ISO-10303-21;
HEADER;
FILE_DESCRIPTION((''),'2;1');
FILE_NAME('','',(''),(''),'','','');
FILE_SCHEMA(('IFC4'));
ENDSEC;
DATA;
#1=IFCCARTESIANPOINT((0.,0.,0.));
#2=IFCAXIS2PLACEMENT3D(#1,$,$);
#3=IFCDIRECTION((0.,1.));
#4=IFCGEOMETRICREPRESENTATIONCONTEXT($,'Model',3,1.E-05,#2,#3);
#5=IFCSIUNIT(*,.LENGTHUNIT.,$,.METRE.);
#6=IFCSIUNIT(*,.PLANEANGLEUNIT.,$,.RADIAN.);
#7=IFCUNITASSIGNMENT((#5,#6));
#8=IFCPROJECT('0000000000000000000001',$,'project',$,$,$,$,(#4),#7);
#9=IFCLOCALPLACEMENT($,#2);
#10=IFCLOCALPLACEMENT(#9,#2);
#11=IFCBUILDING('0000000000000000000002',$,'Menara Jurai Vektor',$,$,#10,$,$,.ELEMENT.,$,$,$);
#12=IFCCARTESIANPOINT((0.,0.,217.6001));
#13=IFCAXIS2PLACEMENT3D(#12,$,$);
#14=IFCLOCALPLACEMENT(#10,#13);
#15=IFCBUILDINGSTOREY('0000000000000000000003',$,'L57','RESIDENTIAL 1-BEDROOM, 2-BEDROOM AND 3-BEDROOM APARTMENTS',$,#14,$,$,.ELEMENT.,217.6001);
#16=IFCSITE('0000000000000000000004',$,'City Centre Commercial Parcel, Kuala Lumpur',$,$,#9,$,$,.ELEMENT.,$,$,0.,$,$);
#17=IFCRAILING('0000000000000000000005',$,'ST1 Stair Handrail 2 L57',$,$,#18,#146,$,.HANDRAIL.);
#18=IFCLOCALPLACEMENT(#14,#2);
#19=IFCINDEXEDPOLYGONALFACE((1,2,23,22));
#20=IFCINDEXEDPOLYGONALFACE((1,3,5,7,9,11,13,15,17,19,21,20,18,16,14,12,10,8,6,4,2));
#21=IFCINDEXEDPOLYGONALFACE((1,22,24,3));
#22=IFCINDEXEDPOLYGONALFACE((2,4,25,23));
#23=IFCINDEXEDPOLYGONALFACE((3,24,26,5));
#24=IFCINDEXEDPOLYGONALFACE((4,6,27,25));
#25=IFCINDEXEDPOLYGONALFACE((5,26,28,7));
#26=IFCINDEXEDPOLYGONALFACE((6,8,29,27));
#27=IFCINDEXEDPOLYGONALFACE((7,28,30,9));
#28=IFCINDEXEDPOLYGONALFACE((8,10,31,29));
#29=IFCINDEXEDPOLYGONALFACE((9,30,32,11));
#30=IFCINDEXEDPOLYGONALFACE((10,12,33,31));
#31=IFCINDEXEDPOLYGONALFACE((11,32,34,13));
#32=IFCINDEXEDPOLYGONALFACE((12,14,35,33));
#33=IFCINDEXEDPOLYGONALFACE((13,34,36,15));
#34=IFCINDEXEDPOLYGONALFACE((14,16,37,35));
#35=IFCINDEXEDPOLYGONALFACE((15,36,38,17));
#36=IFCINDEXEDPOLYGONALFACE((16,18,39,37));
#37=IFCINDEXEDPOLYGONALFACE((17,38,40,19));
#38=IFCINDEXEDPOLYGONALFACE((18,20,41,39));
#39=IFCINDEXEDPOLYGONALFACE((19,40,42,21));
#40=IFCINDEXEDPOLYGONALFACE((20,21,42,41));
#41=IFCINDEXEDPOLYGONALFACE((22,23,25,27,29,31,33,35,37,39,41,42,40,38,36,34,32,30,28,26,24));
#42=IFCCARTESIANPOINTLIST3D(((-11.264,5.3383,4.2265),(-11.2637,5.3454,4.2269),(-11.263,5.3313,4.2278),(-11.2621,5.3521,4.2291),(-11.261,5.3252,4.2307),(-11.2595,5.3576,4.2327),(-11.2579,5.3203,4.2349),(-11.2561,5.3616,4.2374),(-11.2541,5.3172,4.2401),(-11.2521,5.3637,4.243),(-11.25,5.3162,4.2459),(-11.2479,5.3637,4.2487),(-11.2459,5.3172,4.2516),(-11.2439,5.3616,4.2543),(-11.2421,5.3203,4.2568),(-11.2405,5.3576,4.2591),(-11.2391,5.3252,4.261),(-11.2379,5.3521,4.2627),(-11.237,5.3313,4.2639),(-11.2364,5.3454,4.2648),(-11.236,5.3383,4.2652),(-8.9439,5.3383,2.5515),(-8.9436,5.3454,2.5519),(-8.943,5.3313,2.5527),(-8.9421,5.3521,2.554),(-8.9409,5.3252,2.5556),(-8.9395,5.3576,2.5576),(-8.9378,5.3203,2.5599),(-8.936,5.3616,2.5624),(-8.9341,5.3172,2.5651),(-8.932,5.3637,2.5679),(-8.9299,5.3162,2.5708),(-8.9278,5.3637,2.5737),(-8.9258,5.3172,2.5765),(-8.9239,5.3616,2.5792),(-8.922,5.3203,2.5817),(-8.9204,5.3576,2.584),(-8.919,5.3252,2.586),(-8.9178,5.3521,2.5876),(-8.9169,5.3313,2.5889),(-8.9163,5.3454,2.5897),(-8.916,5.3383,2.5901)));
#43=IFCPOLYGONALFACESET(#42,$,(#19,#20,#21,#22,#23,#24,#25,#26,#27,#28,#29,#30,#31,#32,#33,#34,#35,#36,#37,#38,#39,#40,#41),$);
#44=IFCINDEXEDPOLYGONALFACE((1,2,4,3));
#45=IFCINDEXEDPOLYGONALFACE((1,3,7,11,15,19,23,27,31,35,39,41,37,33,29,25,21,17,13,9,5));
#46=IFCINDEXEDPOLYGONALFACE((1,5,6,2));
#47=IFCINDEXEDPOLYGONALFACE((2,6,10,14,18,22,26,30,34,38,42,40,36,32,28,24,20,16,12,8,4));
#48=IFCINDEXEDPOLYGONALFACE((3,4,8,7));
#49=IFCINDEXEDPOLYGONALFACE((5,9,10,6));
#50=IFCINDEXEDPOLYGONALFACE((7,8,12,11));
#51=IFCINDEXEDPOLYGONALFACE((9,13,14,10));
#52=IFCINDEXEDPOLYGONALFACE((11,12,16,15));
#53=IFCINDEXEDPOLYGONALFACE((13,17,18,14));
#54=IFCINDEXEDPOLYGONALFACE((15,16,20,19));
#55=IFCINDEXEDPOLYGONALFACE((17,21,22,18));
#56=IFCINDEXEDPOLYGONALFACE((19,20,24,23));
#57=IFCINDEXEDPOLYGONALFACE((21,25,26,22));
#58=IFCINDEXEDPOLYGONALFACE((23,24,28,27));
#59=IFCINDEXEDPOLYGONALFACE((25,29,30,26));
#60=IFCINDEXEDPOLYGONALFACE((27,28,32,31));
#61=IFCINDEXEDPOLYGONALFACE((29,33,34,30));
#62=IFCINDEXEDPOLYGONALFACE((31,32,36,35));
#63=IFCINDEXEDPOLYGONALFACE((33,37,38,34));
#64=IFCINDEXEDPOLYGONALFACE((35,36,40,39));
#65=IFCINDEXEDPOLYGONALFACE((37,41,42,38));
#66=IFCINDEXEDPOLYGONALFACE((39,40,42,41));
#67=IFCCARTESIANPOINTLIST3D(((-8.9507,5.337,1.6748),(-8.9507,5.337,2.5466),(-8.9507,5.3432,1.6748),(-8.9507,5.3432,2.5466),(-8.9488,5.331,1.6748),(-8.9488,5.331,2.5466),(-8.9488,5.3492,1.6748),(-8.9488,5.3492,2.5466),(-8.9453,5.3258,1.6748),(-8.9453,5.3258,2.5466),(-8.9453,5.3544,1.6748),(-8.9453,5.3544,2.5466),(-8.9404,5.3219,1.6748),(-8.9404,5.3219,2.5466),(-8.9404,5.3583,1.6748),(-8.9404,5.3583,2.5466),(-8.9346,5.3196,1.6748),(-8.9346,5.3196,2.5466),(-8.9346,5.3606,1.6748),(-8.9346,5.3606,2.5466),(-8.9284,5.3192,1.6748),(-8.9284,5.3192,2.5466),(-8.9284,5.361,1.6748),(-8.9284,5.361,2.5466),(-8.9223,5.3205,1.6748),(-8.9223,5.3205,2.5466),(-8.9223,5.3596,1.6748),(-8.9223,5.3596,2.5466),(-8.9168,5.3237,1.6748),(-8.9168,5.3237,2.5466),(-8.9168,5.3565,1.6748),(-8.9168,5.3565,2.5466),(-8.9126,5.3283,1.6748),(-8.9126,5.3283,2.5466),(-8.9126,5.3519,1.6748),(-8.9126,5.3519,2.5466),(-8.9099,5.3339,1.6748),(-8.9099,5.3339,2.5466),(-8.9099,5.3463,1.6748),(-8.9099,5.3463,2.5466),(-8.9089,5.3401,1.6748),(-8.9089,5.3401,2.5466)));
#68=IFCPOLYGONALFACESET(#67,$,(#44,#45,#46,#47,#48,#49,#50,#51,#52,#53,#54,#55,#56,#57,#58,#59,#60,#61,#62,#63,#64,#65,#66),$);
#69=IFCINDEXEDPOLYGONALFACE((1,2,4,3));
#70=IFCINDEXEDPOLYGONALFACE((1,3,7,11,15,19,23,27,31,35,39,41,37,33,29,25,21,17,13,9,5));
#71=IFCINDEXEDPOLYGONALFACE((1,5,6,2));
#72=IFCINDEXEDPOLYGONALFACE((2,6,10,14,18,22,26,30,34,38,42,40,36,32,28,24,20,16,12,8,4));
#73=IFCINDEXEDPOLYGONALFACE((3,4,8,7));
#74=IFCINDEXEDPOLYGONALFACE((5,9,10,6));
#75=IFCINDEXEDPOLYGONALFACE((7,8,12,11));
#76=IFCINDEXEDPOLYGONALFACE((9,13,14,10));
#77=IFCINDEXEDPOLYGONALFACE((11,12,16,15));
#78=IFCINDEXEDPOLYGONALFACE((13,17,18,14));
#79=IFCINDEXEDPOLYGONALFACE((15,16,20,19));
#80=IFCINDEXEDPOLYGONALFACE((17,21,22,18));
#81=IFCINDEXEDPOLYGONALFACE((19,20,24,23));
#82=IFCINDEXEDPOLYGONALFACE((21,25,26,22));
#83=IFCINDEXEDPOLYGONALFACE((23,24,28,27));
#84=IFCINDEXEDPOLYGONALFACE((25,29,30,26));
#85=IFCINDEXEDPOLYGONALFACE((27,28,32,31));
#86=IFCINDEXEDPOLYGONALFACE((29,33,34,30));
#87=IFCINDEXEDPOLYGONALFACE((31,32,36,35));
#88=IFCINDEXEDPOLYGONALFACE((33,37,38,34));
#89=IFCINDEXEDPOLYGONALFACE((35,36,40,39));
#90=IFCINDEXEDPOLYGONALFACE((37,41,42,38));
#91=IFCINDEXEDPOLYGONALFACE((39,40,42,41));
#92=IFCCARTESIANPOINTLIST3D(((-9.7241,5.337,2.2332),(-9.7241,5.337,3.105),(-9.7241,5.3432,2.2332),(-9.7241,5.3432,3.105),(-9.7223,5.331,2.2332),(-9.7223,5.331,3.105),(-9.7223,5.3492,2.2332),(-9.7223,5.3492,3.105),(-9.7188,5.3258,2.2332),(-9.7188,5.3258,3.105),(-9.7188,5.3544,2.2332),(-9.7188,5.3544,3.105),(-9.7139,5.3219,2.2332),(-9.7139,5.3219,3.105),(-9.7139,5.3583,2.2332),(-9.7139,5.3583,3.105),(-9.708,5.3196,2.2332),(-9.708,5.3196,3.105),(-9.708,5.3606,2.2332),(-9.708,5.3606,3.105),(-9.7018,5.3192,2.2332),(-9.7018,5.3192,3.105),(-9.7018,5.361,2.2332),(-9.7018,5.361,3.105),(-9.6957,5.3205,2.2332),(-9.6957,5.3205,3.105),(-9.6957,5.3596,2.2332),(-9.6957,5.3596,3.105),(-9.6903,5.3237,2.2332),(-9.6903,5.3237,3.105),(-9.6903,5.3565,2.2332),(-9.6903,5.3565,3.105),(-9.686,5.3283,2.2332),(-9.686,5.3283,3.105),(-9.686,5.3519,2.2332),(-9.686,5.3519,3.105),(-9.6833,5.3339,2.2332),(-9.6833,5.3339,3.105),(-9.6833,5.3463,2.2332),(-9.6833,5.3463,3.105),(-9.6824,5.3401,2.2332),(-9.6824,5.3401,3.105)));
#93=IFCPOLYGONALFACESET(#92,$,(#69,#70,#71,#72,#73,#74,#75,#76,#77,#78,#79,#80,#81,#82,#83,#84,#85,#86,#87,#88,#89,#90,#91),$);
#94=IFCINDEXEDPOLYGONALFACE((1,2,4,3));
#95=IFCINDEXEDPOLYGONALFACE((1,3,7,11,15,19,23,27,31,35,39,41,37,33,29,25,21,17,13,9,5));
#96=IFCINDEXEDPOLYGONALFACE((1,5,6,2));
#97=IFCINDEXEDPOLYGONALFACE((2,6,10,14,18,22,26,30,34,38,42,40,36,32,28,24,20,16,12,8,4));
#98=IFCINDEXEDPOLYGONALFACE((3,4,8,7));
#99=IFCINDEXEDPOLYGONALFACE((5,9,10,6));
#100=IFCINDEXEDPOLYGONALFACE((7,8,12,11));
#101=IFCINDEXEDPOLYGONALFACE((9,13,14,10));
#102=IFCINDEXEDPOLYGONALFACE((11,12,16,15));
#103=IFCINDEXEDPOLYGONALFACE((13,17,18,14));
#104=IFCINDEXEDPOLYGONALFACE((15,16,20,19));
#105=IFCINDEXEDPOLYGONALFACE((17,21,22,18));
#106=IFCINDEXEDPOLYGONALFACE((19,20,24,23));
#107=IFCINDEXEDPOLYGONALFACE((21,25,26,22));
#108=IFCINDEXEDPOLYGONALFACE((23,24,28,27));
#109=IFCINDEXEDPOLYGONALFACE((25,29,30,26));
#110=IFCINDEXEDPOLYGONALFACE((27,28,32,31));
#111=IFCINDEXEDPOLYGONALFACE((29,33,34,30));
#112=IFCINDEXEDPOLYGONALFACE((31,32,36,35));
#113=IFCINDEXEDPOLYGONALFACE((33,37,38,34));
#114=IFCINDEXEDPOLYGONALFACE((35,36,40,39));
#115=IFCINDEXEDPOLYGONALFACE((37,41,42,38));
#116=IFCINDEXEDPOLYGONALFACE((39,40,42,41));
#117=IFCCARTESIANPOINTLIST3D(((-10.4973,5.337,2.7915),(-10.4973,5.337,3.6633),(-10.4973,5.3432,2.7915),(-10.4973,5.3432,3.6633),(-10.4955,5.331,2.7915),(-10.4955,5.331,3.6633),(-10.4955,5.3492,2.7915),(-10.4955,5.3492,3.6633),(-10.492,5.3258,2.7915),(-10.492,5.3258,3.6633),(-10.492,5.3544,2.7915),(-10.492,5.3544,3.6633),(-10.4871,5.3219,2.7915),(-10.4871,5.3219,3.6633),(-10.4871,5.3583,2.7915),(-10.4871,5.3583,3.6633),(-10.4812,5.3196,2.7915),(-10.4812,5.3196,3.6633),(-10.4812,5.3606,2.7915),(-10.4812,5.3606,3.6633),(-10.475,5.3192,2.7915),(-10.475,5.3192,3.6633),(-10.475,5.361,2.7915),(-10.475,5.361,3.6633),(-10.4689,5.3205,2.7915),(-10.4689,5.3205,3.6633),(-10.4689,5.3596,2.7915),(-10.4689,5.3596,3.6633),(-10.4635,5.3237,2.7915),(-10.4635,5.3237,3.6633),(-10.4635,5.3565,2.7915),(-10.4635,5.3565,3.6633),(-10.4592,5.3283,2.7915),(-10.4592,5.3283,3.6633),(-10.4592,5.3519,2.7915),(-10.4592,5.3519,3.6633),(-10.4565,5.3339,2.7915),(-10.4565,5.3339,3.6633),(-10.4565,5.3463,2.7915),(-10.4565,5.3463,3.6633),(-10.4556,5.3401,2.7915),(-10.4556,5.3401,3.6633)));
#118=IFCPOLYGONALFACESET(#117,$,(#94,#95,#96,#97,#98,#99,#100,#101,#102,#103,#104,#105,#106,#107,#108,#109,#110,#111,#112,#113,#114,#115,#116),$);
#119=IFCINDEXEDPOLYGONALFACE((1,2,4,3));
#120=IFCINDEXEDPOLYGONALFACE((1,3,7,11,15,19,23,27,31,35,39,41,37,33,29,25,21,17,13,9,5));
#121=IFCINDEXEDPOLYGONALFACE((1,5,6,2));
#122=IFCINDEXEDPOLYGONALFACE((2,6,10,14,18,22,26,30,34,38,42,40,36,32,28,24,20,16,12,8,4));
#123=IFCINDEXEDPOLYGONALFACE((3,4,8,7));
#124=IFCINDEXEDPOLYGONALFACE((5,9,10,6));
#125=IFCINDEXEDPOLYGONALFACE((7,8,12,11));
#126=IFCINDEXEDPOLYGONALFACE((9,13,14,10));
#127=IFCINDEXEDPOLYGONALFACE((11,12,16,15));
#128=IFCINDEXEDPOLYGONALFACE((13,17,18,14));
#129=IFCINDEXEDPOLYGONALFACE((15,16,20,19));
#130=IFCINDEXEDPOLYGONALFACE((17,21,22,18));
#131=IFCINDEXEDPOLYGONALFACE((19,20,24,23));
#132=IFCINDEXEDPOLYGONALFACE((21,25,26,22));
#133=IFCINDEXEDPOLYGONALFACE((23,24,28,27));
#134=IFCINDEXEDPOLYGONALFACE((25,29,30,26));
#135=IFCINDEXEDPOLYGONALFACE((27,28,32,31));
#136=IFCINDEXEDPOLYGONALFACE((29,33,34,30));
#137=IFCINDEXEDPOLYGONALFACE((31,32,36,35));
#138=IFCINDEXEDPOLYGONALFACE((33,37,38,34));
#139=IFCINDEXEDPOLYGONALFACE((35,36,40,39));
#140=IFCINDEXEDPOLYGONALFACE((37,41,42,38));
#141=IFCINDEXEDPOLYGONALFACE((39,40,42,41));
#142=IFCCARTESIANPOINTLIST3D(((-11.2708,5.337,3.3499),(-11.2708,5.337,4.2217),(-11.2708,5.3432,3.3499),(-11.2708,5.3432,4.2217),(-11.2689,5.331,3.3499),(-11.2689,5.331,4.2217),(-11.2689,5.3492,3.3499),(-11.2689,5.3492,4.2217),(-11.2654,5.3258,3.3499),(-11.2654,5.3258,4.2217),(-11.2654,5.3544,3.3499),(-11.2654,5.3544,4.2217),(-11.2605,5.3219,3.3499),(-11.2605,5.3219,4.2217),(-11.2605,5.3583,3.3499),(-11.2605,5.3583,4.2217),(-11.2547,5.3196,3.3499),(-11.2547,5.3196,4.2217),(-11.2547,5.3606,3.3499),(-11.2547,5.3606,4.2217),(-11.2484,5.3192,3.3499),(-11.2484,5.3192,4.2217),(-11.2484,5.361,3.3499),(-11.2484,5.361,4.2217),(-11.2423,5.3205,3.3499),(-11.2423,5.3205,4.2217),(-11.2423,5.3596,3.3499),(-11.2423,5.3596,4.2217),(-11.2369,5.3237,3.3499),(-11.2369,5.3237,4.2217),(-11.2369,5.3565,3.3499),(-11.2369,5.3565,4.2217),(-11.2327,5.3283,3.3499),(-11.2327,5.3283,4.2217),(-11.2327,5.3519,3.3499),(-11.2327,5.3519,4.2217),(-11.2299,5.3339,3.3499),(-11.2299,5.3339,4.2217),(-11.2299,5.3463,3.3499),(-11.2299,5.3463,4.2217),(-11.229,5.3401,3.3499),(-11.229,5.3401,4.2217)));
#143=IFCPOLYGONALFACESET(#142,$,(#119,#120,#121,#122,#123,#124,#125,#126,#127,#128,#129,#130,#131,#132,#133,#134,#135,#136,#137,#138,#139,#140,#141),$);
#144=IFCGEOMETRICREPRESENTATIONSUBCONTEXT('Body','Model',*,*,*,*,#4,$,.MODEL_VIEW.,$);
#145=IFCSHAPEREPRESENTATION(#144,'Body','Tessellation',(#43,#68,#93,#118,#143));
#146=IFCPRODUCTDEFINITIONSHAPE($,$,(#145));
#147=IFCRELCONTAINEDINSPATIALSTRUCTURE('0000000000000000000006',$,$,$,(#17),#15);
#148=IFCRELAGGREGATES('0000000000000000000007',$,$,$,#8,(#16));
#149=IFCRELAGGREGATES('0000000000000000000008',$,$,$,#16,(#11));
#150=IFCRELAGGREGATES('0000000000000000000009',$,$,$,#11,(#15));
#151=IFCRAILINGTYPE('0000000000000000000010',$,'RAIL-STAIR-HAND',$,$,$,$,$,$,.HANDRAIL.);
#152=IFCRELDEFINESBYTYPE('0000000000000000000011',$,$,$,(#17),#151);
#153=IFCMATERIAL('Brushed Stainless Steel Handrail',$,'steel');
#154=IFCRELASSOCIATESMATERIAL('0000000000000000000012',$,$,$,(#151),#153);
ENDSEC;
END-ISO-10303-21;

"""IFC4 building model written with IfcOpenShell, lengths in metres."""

from ifc_helpers import new_model, si_unit, direction, frame, origin, origin_2d, place, context, subcontext, project, spatial, circle, extrude, material, type_object, element, save


model = new_model("IFC4")

# Units and contexts
model_context = context("Model", 3, precision=1e-05, world=origin(), true_north=direction((0.0, 1.0)))
body_context = subcontext(model_context, "Body", "Model", "MODEL_VIEW")
ifc_project = project(units=[si_unit("LENGTHUNIT", "METRE"), si_unit("PLANEANGLEUNIT", "RADIAN")], contexts=[model_context])

# Site, building, storey
site_placement = place(None, origin())
site = spatial("IfcSite", under=ifc_project, at=site_placement, Name="City Centre Commercial Parcel, Kuala Lumpur", CompositionType="ELEMENT", RefElevation=0.0)
building_placement = place(site_placement, origin())
building = spatial("IfcBuilding", under=site, at=building_placement, Name="Menara Jurai Vektor", CompositionType="ELEMENT")
storey_placement = place(building_placement, frame((0.0, 0.0, 217.6001)))
storey = spatial("IfcBuildingStorey", under=building, at=storey_placement, Name="L57", Description="RESIDENTIAL 1-BEDROOM, 2-BEDROOM AND 3-BEDROOM APARTMENTS", CompositionType="ELEMENT", Elevation=217.6001)

# Railing
ifc_material_1 = material(Name="Brushed Stainless Steel Handrail", Category="steel")
railing_type_1 = type_object("IfcRailingType", Name="RAIL-STAIR-HAND", PredefinedType="HANDRAIL", material=ifc_material_1)
railing_1_placement = place(storey_placement, frame((-8.9299, 5.3401, 1.6748)))
element("IfcRailing", 1, at=railing_1_placement, inside=storey, type_object=railing_type_1, Name="ST1 Stair Handrail 2 L57", PredefinedType="HANDRAIL", context=body_context, shape_type="SweptSolid", body=[
    extrude(circle(Radius=0.0239, at=origin_2d()), frame((0.0, 0.0, 0.896), z_axis=(-0.810771, 0.0, 0.585363), x_axis=(0.0, -1.0, 0.0)), (0.0, 0.0, 1.0), 2.8616),
    extrude(circle(Radius=0.021, at=origin_2d()), origin(), (0.0, 0.0, 1.0), 0.8718),
    extrude(circle(Radius=0.021, at=origin_2d()), frame((-0.7734, 0.0, 0.5583)), (0.0, 0.0, 1.0), 0.8718),
    extrude(circle(Radius=0.021, at=origin_2d()), frame((-1.5466, 0.0, 1.1167)), (0.0, 0.0, 1.0), 0.8718),
    extrude(circle(Radius=0.021, at=origin_2d()), frame((-2.3201, 0.0, 1.675)), (0.0, 0.0, 1.0), 0.8718),
])

save(model, "model.ifc")
